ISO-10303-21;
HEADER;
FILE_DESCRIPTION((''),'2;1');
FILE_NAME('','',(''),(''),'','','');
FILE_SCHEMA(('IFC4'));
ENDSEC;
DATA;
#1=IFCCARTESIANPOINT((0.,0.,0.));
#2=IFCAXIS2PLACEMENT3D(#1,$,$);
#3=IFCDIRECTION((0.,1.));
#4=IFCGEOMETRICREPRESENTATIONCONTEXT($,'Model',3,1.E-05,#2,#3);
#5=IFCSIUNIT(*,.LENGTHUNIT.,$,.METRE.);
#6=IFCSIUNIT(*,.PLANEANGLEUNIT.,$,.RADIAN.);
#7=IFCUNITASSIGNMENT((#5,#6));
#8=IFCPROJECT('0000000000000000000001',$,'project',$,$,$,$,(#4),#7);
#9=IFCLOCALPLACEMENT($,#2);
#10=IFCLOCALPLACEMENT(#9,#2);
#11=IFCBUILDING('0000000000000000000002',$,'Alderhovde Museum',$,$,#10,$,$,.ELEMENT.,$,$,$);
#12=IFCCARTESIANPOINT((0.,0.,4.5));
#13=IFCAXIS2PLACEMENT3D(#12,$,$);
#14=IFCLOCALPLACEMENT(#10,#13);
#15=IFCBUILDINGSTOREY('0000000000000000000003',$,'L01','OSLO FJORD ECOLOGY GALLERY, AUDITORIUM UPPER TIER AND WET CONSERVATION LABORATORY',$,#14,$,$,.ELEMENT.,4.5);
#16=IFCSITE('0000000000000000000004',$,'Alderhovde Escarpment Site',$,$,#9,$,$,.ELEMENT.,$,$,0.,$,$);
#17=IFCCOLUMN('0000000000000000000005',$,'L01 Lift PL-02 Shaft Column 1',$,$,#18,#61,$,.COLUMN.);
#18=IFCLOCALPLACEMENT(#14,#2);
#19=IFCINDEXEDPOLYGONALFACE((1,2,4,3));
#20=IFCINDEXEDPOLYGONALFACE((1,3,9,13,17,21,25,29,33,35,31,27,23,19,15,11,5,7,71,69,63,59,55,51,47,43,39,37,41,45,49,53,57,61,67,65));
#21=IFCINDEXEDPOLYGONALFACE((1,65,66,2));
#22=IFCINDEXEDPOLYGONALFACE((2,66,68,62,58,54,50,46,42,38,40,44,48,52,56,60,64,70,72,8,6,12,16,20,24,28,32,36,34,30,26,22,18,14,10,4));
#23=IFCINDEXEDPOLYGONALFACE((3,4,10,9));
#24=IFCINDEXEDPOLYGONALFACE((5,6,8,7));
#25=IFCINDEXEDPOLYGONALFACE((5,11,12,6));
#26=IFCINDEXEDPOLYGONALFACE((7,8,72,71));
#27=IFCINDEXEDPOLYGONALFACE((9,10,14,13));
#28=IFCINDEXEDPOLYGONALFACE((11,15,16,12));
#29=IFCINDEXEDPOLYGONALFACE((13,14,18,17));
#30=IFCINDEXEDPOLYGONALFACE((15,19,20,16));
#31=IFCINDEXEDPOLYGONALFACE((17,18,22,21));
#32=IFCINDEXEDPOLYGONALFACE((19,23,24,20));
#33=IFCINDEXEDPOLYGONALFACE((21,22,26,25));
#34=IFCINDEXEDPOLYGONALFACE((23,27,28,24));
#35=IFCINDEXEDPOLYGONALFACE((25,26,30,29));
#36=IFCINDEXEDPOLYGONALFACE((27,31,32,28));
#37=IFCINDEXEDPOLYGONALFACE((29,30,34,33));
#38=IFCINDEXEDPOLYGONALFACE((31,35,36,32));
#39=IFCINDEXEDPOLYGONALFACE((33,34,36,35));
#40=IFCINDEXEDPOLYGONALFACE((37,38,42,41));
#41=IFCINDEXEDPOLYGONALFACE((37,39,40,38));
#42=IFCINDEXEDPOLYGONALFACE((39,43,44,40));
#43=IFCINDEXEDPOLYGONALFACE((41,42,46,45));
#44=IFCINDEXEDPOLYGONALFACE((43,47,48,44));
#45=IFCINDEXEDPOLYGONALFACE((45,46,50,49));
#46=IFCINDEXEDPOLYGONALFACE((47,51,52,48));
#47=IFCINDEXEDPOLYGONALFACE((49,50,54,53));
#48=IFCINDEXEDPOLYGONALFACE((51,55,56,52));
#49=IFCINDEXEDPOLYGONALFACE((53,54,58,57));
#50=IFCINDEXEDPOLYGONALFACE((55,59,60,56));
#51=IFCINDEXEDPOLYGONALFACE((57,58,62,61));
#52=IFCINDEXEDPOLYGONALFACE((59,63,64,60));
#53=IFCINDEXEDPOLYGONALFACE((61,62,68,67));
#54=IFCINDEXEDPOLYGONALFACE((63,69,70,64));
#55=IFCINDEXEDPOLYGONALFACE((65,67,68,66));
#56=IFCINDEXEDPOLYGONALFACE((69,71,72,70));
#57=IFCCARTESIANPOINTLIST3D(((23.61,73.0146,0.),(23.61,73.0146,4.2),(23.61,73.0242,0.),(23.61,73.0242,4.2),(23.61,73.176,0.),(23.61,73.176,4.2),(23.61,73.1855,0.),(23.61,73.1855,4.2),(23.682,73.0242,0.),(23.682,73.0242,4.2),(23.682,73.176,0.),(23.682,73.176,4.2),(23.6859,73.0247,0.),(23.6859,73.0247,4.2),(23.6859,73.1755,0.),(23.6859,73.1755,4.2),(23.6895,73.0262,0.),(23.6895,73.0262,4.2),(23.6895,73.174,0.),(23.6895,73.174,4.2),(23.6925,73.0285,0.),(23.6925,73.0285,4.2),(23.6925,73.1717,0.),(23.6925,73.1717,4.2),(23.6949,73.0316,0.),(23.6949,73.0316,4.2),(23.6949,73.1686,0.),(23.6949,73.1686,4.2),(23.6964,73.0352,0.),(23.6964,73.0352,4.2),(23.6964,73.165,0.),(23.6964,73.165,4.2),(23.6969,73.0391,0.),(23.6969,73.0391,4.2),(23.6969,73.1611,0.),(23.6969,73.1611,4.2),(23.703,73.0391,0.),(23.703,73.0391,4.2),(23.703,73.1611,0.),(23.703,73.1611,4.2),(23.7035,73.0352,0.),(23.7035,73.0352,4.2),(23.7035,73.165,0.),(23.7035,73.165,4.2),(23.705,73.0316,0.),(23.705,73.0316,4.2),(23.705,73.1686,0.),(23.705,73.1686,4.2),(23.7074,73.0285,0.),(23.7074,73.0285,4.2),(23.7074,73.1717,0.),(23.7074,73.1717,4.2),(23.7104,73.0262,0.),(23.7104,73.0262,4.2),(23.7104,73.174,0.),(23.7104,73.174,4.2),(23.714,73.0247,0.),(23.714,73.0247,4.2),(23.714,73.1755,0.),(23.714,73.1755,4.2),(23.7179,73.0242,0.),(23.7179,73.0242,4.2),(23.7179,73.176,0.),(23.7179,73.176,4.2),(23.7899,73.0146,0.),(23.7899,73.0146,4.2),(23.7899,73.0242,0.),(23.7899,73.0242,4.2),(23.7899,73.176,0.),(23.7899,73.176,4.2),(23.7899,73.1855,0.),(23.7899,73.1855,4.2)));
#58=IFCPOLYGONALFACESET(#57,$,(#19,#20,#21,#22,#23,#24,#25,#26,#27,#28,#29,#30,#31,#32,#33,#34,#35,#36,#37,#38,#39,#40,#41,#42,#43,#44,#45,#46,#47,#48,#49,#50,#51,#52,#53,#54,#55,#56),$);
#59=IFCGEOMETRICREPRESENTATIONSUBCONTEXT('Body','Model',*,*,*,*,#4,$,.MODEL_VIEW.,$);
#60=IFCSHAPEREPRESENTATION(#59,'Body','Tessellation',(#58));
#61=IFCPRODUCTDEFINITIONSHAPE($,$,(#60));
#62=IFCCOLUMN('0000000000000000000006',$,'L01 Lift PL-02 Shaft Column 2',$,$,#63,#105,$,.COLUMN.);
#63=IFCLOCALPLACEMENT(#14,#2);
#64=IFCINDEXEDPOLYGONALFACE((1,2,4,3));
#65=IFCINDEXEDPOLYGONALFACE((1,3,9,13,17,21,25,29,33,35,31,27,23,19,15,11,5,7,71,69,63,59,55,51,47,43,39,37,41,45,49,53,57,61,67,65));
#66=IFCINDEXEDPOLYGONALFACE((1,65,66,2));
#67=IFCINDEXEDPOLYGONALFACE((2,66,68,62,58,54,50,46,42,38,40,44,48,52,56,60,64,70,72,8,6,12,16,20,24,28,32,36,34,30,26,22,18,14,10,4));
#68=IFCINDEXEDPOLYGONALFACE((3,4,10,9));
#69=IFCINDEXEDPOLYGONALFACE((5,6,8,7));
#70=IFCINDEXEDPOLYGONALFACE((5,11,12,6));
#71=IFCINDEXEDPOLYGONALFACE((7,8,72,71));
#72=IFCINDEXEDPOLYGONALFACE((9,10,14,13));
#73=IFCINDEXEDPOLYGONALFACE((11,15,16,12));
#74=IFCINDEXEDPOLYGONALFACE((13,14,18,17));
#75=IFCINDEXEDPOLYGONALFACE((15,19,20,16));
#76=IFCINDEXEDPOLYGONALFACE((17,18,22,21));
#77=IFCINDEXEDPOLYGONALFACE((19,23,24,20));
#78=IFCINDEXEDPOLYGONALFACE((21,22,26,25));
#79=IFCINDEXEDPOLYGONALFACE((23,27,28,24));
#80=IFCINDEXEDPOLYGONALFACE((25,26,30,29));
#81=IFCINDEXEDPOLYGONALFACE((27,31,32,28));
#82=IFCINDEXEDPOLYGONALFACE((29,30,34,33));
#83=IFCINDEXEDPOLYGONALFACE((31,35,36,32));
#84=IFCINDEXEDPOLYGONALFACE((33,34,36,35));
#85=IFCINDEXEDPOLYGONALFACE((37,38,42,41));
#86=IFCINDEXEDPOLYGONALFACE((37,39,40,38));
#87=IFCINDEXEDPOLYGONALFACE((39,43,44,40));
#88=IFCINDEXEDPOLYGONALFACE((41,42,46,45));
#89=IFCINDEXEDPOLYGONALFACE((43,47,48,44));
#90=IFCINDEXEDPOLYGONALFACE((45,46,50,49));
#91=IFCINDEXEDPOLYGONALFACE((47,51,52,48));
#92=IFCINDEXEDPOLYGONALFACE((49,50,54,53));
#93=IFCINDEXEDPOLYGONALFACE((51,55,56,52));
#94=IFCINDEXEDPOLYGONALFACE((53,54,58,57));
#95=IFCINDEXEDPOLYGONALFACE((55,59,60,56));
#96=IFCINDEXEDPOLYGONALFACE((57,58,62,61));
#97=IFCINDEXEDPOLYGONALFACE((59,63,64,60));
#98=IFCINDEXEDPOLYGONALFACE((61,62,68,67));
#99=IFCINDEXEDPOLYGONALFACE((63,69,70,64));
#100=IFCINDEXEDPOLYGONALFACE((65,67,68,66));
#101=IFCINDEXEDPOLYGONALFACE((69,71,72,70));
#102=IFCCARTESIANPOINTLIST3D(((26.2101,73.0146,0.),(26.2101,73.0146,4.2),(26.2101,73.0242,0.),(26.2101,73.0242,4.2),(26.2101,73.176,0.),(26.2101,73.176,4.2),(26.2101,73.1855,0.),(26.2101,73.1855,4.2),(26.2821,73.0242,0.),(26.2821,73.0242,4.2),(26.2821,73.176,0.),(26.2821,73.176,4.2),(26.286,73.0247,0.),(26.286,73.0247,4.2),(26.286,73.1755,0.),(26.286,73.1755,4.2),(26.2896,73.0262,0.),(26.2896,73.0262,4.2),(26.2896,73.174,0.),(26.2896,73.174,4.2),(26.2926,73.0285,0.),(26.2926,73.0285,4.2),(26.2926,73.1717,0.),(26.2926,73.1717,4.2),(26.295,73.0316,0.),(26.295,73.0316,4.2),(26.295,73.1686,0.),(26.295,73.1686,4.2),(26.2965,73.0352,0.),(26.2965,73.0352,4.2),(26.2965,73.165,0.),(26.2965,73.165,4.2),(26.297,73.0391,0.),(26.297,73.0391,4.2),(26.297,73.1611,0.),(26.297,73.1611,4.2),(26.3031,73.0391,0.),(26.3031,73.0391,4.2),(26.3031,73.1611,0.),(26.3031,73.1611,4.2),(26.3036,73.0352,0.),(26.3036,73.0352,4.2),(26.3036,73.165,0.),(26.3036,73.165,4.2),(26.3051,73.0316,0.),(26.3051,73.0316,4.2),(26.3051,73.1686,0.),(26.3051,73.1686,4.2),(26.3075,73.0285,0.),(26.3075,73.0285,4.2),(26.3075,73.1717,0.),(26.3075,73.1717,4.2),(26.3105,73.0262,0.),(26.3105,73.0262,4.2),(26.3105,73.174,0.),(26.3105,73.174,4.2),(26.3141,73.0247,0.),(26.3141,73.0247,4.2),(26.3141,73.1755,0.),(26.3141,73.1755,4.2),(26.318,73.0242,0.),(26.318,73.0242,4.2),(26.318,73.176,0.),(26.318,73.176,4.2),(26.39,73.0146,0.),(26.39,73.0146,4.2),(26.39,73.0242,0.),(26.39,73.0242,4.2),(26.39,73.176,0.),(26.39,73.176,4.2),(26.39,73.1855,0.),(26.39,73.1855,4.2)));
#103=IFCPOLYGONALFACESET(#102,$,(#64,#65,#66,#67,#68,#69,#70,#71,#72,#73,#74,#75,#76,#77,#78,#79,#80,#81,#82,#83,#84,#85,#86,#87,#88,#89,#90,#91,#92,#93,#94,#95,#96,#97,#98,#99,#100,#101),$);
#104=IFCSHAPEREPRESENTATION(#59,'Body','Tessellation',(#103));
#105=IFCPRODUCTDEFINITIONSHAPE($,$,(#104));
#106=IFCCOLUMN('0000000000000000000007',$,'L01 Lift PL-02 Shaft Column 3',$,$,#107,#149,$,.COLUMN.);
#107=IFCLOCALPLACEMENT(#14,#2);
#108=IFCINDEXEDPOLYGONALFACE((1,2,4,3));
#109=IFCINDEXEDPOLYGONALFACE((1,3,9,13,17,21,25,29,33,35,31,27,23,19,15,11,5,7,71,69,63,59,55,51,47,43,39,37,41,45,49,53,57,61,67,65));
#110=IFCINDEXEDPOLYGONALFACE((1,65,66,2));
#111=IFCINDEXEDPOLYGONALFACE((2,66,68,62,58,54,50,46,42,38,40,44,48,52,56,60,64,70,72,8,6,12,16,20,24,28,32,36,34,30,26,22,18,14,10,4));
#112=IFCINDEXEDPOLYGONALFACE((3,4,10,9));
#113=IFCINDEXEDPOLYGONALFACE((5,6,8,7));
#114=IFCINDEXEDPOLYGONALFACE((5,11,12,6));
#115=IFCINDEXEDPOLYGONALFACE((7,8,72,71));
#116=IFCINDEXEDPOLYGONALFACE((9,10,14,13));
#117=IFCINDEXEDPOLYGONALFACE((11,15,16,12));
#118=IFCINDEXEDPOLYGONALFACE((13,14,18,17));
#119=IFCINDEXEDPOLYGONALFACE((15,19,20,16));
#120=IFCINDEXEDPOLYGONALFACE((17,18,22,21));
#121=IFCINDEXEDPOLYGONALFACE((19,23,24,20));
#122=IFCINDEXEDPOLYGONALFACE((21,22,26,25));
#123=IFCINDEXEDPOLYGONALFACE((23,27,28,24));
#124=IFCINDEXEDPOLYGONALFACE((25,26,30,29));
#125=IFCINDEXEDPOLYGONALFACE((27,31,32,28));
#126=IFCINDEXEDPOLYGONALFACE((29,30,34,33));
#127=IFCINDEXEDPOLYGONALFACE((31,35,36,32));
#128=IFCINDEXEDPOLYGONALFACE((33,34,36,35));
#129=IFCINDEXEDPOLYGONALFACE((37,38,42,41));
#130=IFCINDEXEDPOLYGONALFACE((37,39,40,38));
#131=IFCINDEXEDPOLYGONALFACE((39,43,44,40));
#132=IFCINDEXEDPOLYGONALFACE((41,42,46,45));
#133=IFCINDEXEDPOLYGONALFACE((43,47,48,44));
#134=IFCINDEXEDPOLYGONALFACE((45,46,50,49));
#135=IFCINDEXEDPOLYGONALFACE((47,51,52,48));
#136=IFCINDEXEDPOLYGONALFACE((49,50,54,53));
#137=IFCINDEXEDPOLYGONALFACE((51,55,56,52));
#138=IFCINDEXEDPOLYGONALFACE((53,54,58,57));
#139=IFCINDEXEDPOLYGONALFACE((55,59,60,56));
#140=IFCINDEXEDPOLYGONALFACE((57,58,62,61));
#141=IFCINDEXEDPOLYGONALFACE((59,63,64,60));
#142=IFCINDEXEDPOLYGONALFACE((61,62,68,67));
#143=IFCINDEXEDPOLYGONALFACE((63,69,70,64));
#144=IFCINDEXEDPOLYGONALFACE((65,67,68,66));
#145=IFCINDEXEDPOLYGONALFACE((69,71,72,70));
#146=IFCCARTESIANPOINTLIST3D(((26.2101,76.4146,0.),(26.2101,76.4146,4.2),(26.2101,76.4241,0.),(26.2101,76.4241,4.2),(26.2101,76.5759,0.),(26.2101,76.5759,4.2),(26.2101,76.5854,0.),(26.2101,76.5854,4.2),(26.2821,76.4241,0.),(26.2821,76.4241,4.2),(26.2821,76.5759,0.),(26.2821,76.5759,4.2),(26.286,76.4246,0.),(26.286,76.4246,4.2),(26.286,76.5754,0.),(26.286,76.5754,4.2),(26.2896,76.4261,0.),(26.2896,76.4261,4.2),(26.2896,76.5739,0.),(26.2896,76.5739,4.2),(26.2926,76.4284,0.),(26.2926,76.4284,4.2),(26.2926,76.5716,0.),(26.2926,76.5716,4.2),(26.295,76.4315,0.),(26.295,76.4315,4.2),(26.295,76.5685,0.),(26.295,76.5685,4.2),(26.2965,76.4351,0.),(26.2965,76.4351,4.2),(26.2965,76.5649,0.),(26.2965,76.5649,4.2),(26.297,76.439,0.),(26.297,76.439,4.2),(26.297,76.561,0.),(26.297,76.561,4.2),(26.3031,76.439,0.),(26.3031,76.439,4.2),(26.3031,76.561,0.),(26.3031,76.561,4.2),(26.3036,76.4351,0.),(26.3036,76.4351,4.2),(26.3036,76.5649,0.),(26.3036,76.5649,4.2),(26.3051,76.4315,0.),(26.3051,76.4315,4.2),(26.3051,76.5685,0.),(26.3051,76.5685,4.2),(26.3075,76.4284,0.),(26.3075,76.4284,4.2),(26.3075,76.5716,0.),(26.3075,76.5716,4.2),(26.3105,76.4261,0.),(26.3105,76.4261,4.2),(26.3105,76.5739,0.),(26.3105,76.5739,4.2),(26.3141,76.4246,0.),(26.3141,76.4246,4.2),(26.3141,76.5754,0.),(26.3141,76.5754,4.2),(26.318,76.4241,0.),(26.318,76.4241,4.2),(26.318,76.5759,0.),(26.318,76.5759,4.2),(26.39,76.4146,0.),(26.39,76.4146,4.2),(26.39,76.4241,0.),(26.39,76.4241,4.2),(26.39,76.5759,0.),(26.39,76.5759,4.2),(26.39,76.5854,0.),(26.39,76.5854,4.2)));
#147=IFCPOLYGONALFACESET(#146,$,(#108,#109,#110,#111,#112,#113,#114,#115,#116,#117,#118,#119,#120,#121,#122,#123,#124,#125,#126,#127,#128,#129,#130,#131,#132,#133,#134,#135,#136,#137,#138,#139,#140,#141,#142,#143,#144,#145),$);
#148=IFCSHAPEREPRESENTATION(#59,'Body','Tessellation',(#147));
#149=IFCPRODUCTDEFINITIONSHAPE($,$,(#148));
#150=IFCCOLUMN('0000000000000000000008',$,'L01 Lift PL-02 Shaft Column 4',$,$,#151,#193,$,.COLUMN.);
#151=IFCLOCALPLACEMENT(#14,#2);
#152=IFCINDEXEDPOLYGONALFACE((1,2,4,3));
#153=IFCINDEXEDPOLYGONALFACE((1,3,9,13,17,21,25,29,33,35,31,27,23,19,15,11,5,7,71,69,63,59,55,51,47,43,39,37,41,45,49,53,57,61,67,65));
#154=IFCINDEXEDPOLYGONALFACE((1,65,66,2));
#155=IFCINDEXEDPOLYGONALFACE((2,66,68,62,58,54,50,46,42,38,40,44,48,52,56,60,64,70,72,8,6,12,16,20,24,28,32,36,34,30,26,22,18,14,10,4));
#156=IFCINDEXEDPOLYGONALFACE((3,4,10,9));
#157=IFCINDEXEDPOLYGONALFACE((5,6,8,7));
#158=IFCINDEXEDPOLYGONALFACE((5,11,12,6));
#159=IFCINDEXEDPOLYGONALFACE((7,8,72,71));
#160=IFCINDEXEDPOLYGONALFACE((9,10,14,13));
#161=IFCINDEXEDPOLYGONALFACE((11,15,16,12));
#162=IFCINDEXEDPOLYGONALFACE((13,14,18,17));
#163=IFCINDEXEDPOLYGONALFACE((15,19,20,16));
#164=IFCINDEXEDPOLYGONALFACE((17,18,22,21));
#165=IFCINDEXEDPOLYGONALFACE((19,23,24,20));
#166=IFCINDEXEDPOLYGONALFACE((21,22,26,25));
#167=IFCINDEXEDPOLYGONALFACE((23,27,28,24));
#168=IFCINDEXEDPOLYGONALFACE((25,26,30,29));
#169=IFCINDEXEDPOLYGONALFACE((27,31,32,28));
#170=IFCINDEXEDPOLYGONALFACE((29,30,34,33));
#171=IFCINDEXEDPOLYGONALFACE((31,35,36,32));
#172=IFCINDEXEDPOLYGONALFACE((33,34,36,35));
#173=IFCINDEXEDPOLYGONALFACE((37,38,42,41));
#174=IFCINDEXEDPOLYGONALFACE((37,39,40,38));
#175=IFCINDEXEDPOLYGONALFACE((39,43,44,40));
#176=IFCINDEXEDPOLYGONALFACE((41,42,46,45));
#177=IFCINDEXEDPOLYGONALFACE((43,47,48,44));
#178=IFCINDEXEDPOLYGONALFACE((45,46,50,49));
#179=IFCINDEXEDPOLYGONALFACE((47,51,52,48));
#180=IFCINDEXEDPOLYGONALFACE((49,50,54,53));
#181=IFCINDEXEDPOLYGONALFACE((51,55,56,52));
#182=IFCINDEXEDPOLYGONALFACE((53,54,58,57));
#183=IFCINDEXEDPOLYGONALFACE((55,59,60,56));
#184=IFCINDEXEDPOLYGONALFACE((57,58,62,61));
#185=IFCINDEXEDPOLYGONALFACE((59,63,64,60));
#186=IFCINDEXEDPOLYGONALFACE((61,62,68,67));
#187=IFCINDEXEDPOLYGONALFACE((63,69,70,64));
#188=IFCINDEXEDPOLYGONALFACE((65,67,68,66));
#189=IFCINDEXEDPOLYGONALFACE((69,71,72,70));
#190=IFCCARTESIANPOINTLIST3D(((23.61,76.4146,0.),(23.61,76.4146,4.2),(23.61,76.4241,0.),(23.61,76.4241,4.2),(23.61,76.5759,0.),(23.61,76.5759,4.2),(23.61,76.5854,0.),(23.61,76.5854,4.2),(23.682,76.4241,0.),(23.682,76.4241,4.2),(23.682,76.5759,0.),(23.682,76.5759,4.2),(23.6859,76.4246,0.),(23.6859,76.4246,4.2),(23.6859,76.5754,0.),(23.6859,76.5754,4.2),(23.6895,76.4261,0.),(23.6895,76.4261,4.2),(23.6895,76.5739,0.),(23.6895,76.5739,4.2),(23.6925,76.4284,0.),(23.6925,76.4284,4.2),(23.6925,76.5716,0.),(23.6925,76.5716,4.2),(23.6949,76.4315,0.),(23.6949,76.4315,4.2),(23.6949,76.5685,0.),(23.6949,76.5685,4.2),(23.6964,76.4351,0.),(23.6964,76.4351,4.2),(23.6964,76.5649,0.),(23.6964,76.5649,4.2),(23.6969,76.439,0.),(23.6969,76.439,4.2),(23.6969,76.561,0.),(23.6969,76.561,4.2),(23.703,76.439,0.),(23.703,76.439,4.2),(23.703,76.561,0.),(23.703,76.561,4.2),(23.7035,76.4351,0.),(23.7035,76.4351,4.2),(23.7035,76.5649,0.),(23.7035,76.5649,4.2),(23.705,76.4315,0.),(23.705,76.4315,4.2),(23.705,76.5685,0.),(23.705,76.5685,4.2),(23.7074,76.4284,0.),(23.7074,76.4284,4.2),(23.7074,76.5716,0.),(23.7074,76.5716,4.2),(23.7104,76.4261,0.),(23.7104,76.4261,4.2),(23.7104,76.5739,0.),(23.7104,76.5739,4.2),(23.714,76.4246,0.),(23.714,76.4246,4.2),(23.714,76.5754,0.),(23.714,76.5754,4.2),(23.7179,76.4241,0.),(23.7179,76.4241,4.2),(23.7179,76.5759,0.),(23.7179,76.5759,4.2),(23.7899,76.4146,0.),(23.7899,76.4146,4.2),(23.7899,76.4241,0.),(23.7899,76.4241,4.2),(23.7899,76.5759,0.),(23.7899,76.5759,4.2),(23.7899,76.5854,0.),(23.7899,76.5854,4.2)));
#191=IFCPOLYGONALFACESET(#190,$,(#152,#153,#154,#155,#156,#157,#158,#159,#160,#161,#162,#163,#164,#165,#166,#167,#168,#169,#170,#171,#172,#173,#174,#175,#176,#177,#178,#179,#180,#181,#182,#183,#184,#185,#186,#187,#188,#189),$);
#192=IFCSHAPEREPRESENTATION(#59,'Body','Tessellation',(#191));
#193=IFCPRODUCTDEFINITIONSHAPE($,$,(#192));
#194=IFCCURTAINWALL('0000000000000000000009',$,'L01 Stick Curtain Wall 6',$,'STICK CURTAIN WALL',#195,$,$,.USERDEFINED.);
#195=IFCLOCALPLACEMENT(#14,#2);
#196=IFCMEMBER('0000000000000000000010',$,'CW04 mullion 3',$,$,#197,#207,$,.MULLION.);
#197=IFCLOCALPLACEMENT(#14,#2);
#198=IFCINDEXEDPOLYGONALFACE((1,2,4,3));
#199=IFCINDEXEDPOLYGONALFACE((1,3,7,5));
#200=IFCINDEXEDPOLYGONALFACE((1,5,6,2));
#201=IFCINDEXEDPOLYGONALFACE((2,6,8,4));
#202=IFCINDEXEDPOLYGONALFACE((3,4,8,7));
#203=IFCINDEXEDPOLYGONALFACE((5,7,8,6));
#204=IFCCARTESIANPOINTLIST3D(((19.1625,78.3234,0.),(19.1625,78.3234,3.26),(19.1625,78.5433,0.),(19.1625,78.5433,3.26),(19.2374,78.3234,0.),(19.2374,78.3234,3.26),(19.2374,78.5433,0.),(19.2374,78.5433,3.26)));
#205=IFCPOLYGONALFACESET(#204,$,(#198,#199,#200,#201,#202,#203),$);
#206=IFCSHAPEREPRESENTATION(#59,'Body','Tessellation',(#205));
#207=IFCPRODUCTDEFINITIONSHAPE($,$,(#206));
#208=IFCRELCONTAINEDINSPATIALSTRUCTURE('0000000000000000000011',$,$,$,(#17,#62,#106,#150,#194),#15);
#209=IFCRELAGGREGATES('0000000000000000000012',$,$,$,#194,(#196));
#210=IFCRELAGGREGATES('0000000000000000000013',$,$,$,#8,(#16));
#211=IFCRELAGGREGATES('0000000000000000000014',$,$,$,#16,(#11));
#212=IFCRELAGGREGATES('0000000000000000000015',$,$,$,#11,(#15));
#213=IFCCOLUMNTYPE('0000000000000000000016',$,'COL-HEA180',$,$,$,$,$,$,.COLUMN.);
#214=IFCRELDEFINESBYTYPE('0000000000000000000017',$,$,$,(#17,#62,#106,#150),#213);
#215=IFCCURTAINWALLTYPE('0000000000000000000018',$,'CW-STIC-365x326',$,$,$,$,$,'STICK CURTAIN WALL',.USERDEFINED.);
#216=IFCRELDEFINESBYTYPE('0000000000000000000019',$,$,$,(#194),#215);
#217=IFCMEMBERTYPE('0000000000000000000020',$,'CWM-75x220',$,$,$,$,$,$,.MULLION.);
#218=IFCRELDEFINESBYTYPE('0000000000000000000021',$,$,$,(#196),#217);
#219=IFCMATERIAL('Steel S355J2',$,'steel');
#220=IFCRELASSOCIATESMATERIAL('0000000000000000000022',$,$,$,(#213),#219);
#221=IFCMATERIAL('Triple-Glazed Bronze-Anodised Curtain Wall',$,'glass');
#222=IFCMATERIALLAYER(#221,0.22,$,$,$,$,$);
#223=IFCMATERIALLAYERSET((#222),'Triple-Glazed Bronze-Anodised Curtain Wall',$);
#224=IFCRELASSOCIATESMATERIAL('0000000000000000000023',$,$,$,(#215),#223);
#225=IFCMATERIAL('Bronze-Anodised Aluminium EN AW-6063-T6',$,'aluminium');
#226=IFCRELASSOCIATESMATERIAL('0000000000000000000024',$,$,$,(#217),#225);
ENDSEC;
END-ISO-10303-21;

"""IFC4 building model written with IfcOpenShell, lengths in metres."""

from ifc_helpers import new_model, si_unit, direction, frame, origin, origin_2d, place, context, subcontext, project, spatial, rectangle, i_section, extrude, material, layer, layer_set, material_profile, profile_set, type_object, element, aggregate, save


model = new_model("IFC4")

# Units and contexts
model_context = context("Model", 3, precision=1e-05, world=origin(), true_north=direction((0.0, 1.0)))
body_context = subcontext(model_context, "Body", "Model", "MODEL_VIEW")
ifc_project = project(units=[si_unit("LENGTHUNIT", "METRE"), si_unit("PLANEANGLEUNIT", "RADIAN")], contexts=[model_context])

# Site, building, storey
site_placement = place(None, origin())
site = spatial("IfcSite", under=ifc_project, at=site_placement, Name="Alderhovde Escarpment Site", CompositionType="ELEMENT", RefElevation=0.0)
building_placement = place(site_placement, origin())
building = spatial("IfcBuilding", under=site, at=building_placement, Name="Alderhovde Museum", CompositionType="ELEMENT")
storey_placement = place(building_placement, frame((0.0, 0.0, 4.5)))
storey = spatial("IfcBuildingStorey", under=building, at=storey_placement, Name="L01", Description="OSLO FJORD ECOLOGY GALLERY, AUDITORIUM UPPER TIER AND WET CONSERVATION LABORATORY", CompositionType="ELEMENT", Elevation=4.5)

# Columns
ifc_material_1 = material(Name="Steel S355J2", Category="steel")
ifc_material_profile_1 = material_profile(ifc_material_1, i_section(OverallWidth=0.1799, OverallDepth=0.1709, WebThickness=0.0061, FlangeThickness=0.0095, FilletRadius=0.0149, at=origin_2d()), Name="HEA 180")
ifc_profile_set_1 = profile_set([ifc_material_profile_1], Name="Steel S355J2")
column_type = type_object("IfcColumnType", Name="COL-HEA180", PredefinedType="COLUMN", material=ifc_profile_set_1)
for number, where, z_axis, x_axis, name in (
    (1, (23.7, 73.1001, 0.0), (0.0, 0.0, 1.0), (1.0, 0.0, 0.0), "L01 Lift PL-02 Shaft Column 1"),
    (2, (26.3, 73.1001, 0.0), (0.0, 0.0, 1.0), (1.0, 0.0, 0.0), "L01 Lift PL-02 Shaft Column 2"),
    (3, (26.3, 76.5, 0.0), (0.0, 0.0, 1.0), (1.0, 0.0, 0.0), "L01 Lift PL-02 Shaft Column 3"),
    (4, (23.7, 76.5, 0.0), (0.0, 0.0, 1.0), (1.0, 0.0, 0.0), "L01 Lift PL-02 Shaft Column 4"),
):
    element("IfcColumn", number, at=place(storey_placement, frame(where, z_axis=z_axis, x_axis=x_axis)), inside=storey, type_object=column_type, Name=name, PredefinedType="COLUMN", context=body_context, shape_type="SweptSolid", body=[
        extrude(i_section(OverallWidth=0.1799, OverallDepth=0.1709, WebThickness=0.0061, FlangeThickness=0.0095, FilletRadius=0.0149, at=origin_2d()), origin(), (0.0, 0.0, 1.0), 4.2),
    ])

# Curtain wall, member
ifc_material_2 = material(Name="Triple-Glazed Bronze-Anodised Curtain Wall", Category="glass")
ifc_layer_1 = layer(ifc_material_2, 0.22)
ifc_layer_set_1 = layer_set([ifc_layer_1], Name="Triple-Glazed Bronze-Anodised Curtain Wall")
curtain_wall_type = type_object("IfcCurtainWallType", Name="CW-STIC-365x326", ElementType="STICK CURTAIN WALL", PredefinedType="USERDEFINED", material=ifc_layer_set_1)
curtain_wall_placement = place(storey_placement, origin())
curtain_wall = element("IfcCurtainWall", 5, at=curtain_wall_placement, inside=storey, type_object=curtain_wall_type, Name="L01 Stick Curtain Wall 6", ObjectType="STICK CURTAIN WALL", PredefinedType="USERDEFINED")
ifc_material_3 = material(Name="Bronze-Anodised Aluminium EN AW-6063-T6", Category="aluminium")
ifc_material_profile_2 = material_profile(ifc_material_3, rectangle(XDim=0.075, YDim=0.22, at=origin_2d()), Name="MULLION 75x220")
ifc_profile_set_2 = profile_set([ifc_material_profile_2], Name="Bronze-Anodised Aluminium EN AW-6063-T6")
member_type_1 = type_object("IfcMemberType", Name="CWM-75x220", PredefinedType="MULLION", material=ifc_profile_set_2)
member_1_placement = place(storey_placement, frame((19.2, 78.4333, 0.0), z_axis=(0.0, 0.0, 1.0), x_axis=(-1.0, 0.0, 0.0)))
member_1 = element("IfcMember", 6, at=member_1_placement, type_object=member_type_1, Name="CW04 mullion 3", PredefinedType="MULLION", context=body_context, shape_type="SweptSolid", body=[
    extrude(rectangle(XDim=0.075, YDim=0.22, at=origin_2d()), origin(), (0.0, 0.0, 1.0), 3.26),
])
aggregate(curtain_wall, [member_1])

save(model, "model.ifc")
